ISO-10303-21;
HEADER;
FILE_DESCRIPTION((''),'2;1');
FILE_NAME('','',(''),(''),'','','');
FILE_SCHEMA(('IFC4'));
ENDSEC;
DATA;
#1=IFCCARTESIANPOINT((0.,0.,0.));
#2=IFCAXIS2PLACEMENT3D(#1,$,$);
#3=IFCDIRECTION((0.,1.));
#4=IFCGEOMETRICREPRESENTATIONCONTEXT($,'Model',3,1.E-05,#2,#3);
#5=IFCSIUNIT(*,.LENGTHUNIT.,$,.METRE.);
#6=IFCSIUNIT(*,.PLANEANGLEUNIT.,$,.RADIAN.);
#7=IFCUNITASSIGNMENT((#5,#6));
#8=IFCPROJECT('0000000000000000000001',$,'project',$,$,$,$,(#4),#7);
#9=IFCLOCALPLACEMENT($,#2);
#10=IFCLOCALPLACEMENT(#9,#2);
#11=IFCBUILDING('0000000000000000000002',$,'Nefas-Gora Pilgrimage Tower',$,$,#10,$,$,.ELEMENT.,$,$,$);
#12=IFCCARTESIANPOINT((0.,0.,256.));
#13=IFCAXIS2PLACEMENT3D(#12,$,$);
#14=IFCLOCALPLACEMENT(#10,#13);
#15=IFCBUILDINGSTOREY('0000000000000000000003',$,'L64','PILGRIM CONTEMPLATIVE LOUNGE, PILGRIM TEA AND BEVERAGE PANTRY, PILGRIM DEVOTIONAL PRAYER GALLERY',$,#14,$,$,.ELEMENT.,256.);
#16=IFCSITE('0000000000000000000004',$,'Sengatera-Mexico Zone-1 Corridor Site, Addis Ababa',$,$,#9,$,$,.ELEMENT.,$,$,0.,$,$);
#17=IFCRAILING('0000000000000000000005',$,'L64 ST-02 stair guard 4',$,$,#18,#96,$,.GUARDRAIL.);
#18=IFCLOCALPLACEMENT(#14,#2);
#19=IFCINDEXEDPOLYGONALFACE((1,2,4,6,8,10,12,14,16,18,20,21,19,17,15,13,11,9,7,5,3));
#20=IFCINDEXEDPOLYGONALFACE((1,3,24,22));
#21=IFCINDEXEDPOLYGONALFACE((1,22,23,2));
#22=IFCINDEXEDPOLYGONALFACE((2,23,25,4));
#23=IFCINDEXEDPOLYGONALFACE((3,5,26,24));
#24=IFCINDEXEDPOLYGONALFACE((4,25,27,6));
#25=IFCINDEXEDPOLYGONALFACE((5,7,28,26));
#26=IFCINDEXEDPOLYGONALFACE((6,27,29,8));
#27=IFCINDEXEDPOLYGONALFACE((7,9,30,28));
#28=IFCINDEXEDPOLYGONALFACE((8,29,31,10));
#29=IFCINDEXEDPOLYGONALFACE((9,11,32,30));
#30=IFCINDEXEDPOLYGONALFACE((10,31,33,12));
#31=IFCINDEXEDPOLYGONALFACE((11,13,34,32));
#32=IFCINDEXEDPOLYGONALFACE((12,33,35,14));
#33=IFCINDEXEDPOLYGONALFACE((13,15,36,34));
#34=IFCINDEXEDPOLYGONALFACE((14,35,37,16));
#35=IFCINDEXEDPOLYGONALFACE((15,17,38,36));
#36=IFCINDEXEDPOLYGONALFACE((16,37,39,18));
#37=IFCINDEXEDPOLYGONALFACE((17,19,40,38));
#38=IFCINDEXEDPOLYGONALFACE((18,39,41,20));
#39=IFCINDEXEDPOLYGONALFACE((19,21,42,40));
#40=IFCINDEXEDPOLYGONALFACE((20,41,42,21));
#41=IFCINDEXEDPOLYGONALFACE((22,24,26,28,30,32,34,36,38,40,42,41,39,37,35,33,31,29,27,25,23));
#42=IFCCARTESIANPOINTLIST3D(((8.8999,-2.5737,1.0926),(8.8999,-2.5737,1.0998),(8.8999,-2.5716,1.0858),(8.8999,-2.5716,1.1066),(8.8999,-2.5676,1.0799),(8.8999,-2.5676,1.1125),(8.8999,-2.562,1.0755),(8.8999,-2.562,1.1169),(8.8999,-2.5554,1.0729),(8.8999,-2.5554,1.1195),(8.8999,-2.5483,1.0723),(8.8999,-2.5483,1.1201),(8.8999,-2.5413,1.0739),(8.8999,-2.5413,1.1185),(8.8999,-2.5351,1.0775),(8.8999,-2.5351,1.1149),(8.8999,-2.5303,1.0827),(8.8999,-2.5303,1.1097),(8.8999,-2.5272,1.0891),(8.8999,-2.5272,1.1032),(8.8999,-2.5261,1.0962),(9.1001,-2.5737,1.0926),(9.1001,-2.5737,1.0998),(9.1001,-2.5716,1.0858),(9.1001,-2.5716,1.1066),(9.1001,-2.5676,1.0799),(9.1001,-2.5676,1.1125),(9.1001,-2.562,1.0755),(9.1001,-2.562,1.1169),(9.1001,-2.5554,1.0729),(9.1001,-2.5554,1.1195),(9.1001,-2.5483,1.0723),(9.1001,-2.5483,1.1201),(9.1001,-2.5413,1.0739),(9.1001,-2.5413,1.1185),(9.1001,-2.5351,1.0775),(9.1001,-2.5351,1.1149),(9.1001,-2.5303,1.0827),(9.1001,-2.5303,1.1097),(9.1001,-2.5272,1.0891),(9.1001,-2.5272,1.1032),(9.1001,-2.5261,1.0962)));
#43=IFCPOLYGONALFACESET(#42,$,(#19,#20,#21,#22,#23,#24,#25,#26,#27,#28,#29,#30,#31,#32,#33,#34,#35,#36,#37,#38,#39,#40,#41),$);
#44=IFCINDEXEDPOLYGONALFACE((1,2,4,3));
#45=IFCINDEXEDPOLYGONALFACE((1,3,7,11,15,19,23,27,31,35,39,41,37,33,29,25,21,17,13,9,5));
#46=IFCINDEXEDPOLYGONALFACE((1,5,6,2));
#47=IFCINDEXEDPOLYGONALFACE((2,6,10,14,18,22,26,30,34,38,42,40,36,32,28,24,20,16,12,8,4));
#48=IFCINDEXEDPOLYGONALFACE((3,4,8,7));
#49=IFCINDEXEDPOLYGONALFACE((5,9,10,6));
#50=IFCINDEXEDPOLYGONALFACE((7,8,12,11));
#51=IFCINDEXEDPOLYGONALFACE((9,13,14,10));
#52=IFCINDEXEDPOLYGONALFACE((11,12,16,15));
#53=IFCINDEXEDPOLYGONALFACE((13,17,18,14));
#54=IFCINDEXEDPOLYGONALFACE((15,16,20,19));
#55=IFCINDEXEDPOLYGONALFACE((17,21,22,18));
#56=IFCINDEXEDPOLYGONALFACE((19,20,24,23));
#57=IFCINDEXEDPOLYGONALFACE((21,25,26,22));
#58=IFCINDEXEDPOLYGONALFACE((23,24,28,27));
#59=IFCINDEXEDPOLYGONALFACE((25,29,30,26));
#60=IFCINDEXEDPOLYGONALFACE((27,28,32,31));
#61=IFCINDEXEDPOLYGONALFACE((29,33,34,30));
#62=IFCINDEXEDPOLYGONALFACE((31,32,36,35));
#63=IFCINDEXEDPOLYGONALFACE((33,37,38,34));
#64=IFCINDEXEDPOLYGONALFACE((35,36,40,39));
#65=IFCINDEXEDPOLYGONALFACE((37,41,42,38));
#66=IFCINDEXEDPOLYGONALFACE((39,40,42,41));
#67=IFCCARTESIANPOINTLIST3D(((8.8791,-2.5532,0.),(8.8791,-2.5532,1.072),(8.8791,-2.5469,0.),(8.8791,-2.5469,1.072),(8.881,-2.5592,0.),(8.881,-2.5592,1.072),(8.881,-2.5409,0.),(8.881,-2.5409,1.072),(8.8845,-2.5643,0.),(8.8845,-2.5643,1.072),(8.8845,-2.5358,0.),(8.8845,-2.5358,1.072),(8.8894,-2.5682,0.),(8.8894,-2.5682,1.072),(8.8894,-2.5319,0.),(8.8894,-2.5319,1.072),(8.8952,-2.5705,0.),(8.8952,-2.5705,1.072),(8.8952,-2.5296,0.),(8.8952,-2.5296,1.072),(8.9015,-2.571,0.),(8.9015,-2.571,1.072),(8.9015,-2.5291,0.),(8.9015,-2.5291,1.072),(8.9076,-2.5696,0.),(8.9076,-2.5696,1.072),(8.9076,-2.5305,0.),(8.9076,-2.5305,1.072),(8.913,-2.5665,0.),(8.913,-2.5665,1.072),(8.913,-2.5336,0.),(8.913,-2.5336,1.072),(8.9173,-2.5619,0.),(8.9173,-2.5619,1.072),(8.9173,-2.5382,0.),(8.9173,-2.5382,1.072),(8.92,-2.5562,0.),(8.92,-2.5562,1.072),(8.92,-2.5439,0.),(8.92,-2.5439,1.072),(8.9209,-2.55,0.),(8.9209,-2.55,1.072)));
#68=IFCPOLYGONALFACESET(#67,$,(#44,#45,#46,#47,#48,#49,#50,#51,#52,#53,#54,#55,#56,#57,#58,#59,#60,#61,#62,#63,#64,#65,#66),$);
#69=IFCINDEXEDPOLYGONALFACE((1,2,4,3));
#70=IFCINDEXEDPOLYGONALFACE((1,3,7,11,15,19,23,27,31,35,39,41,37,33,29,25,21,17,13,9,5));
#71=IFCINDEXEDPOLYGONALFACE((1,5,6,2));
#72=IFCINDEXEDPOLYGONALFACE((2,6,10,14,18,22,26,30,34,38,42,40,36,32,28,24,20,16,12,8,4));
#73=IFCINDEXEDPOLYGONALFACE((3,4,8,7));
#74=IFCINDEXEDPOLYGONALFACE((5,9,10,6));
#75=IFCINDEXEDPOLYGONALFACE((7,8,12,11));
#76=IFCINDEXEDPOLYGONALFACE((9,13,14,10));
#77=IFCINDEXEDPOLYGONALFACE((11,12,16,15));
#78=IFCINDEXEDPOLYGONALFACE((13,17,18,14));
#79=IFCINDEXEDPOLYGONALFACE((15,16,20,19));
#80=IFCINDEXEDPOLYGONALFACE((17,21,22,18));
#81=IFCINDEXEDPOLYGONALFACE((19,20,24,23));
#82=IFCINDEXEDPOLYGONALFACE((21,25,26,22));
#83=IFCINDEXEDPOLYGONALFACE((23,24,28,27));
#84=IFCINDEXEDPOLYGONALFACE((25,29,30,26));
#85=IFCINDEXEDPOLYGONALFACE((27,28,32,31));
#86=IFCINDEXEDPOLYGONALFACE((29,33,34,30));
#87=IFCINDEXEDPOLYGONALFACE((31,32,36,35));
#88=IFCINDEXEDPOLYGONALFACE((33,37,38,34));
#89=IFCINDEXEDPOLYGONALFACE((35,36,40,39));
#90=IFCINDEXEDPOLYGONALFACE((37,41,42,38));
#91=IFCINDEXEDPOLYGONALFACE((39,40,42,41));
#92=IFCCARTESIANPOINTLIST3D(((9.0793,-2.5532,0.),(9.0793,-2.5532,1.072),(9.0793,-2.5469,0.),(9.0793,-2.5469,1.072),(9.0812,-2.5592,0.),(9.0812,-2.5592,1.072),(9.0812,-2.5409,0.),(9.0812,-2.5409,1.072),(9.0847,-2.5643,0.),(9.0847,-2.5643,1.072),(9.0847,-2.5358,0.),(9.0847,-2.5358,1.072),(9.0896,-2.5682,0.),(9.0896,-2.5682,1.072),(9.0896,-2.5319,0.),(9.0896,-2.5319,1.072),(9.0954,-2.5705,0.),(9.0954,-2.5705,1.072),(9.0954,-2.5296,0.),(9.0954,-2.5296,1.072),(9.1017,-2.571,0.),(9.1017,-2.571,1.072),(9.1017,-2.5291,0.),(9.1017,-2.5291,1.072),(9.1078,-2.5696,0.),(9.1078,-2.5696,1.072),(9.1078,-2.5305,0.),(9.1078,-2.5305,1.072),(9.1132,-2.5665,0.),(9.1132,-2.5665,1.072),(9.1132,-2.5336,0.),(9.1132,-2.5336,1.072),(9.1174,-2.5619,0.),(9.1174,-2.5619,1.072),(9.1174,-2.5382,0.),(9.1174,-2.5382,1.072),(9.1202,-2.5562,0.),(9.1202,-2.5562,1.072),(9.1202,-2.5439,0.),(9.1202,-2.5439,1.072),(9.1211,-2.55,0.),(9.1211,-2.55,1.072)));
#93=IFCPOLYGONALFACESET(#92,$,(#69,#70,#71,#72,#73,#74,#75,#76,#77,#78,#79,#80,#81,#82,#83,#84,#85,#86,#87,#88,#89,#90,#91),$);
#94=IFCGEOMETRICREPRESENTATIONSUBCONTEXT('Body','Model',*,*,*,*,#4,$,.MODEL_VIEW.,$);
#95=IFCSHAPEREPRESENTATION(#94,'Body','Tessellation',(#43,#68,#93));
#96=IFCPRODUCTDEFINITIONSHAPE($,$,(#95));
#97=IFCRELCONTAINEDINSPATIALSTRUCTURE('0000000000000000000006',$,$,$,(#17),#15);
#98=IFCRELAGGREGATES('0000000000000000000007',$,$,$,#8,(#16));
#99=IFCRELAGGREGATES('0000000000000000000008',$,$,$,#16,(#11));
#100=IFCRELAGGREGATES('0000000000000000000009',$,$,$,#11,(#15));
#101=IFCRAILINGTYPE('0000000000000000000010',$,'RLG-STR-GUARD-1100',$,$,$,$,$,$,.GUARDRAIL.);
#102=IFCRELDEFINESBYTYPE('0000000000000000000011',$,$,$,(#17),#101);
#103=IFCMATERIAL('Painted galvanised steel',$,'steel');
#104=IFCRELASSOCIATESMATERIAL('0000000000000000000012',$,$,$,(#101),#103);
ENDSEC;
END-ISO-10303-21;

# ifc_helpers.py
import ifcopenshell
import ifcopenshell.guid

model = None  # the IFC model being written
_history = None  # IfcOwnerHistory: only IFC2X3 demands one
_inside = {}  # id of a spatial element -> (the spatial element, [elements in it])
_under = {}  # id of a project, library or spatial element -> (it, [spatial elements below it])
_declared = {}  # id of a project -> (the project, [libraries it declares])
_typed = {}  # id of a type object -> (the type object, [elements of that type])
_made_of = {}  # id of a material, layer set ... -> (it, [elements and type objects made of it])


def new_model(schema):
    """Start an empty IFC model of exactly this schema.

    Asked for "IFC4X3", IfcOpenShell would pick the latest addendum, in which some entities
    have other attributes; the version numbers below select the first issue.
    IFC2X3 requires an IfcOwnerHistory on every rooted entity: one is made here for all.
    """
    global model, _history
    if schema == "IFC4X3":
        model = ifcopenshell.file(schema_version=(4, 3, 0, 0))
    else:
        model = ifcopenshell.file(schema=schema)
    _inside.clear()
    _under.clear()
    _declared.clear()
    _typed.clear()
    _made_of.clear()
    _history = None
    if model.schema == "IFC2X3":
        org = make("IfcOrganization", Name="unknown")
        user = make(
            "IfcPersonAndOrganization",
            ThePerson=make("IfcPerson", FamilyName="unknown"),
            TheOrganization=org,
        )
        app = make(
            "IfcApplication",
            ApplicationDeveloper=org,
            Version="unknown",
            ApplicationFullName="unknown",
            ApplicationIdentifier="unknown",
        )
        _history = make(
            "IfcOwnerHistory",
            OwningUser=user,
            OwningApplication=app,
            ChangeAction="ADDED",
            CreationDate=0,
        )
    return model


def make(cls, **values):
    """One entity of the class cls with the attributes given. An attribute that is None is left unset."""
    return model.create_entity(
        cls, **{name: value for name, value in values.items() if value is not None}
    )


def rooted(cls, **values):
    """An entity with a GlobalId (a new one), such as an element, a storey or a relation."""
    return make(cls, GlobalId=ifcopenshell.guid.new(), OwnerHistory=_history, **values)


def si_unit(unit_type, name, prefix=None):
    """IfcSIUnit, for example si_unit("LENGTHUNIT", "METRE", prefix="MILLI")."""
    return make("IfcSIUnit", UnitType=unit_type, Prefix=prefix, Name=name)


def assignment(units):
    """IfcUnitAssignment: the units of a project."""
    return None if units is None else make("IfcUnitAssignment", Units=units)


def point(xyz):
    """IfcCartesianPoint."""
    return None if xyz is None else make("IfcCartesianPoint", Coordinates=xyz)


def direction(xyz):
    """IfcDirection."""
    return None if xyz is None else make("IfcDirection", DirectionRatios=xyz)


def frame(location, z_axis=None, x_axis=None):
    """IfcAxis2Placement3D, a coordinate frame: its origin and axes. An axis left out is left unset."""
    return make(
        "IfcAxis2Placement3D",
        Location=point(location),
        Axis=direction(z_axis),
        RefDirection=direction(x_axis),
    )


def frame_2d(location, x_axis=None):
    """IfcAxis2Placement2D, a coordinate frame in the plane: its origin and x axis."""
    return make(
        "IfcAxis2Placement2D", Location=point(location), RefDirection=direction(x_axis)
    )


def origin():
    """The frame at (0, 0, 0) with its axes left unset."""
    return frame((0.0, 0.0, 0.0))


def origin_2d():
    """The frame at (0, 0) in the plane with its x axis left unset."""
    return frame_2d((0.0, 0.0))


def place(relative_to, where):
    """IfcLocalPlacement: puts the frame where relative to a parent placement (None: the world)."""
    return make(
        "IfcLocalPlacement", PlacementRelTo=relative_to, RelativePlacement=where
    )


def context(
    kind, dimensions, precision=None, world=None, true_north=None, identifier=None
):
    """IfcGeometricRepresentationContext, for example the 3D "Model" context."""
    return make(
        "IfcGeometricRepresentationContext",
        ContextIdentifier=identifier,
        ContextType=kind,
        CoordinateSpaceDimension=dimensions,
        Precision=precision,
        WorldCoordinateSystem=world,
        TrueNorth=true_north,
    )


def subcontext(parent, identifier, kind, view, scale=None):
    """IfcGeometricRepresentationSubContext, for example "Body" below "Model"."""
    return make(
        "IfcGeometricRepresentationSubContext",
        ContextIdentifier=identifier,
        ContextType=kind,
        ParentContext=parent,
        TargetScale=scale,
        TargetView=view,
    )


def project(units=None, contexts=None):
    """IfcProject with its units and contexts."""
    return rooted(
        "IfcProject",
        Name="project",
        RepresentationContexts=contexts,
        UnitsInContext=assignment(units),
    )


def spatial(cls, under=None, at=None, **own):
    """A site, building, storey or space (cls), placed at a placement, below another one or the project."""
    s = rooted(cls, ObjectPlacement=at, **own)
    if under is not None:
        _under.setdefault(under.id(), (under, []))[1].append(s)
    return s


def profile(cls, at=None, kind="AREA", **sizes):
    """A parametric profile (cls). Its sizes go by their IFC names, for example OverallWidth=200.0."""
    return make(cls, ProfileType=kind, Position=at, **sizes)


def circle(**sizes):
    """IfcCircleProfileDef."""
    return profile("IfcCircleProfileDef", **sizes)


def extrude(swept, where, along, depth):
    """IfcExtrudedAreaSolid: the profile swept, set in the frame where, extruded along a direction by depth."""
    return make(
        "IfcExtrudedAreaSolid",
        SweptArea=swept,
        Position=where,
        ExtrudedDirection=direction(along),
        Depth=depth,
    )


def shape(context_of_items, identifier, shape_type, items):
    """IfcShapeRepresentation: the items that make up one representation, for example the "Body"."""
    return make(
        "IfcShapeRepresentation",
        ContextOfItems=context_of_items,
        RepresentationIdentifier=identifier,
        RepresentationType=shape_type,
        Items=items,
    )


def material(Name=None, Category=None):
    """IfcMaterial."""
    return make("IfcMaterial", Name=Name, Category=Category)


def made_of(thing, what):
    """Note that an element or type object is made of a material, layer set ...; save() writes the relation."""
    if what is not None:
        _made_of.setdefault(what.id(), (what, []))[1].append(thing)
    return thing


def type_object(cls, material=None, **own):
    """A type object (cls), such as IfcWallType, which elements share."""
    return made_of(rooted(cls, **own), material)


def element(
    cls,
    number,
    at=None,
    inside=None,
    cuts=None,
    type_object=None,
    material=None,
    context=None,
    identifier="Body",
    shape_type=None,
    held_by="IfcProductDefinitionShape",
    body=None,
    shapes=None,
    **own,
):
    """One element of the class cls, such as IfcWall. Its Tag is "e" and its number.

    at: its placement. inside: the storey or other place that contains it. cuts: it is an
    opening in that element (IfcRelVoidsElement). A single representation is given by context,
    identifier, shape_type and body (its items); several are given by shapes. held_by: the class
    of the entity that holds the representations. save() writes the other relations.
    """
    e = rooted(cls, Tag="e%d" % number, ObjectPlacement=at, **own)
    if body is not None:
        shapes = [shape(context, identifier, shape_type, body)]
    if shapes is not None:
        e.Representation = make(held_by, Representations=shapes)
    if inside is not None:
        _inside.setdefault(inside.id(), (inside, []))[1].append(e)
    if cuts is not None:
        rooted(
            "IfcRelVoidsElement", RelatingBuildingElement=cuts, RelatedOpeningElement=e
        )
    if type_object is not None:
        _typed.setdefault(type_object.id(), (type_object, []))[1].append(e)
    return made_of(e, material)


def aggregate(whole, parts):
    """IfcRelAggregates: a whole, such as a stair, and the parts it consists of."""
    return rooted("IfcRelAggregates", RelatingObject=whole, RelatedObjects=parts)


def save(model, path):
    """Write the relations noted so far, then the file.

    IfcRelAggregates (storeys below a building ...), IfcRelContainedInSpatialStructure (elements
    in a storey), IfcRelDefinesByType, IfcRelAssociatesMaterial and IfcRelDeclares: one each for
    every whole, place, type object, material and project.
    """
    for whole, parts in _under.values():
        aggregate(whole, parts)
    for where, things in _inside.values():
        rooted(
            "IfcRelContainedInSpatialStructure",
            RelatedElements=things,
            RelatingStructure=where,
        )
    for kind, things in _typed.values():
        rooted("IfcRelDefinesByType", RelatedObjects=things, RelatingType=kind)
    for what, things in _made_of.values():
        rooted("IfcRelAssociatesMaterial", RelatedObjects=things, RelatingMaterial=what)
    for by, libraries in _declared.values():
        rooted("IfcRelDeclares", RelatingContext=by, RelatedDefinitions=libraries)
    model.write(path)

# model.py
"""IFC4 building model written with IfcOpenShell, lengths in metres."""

from ifc_helpers import new_model, si_unit, direction, frame, origin, origin_2d, place, context, subcontext, project, spatial, circle, extrude, material, type_object, element, save


model = new_model("IFC4")

# Units and contexts
model_context = context("Model", 3, precision=1e-05, world=origin(), true_north=direction((0.0, 1.0)))
body_context = subcontext(model_context, "Body", "Model", "MODEL_VIEW")
ifc_project = project(units=[si_unit("LENGTHUNIT", "METRE"), si_unit("PLANEANGLEUNIT", "RADIAN")], contexts=[model_context])

# Site, building, storey
site_placement = place(None, origin())
site = spatial("IfcSite", under=ifc_project, at=site_placement, Name="Sengatera-Mexico Zone-1 Corridor Site, Addis Ababa", CompositionType="ELEMENT", RefElevation=0.0)
building_placement = place(site_placement, origin())
building = spatial("IfcBuilding", under=site, at=building_placement, Name="Nefas-Gora Pilgrimage Tower", CompositionType="ELEMENT")
storey_placement = place(building_placement, frame((0.0, 0.0, 256.0)))
storey = spatial("IfcBuildingStorey", under=building, at=storey_placement, Name="L64", Description="PILGRIM CONTEMPLATIVE LOUNGE, PILGRIM TEA AND BEVERAGE PANTRY, PILGRIM DEVOTIONAL PRAYER GALLERY", CompositionType="ELEMENT", Elevation=256.0)

# Railing
ifc_material_1 = material(Name="Painted galvanised steel", Category="steel")
railing_type_1 = type_object("IfcRailingType", Name="RLG-STR-GUARD-1100", PredefinedType="GUARDRAIL", material=ifc_material_1)
railing_1_placement = place(storey_placement, frame((8.8999, -2.55, 0.0)))
element("IfcRailing", 1, at=railing_1_placement, inside=storey, type_object=railing_type_1, Name="L64 ST-02 stair guard 4", PredefinedType="GUARDRAIL", context=body_context, shape_type="SweptSolid", body=[
    extrude(circle(Radius=0.0239, at=origin_2d()), frame((0.0, 0.0, 1.0962), z_axis=(1.0, 0.0, 0.0), x_axis=(0.0, 1.0, 0.0)), (0.0, 0.0, 1.0), 0.2002),
    extrude(circle(Radius=0.021, at=origin_2d()), origin(), (0.0, 0.0, 1.0), 1.072),
    extrude(circle(Radius=0.021, at=origin_2d()), frame((0.2002, 0.0, 0.0)), (0.0, 0.0, 1.0), 1.072),
])

save(model, "model.ifc")
